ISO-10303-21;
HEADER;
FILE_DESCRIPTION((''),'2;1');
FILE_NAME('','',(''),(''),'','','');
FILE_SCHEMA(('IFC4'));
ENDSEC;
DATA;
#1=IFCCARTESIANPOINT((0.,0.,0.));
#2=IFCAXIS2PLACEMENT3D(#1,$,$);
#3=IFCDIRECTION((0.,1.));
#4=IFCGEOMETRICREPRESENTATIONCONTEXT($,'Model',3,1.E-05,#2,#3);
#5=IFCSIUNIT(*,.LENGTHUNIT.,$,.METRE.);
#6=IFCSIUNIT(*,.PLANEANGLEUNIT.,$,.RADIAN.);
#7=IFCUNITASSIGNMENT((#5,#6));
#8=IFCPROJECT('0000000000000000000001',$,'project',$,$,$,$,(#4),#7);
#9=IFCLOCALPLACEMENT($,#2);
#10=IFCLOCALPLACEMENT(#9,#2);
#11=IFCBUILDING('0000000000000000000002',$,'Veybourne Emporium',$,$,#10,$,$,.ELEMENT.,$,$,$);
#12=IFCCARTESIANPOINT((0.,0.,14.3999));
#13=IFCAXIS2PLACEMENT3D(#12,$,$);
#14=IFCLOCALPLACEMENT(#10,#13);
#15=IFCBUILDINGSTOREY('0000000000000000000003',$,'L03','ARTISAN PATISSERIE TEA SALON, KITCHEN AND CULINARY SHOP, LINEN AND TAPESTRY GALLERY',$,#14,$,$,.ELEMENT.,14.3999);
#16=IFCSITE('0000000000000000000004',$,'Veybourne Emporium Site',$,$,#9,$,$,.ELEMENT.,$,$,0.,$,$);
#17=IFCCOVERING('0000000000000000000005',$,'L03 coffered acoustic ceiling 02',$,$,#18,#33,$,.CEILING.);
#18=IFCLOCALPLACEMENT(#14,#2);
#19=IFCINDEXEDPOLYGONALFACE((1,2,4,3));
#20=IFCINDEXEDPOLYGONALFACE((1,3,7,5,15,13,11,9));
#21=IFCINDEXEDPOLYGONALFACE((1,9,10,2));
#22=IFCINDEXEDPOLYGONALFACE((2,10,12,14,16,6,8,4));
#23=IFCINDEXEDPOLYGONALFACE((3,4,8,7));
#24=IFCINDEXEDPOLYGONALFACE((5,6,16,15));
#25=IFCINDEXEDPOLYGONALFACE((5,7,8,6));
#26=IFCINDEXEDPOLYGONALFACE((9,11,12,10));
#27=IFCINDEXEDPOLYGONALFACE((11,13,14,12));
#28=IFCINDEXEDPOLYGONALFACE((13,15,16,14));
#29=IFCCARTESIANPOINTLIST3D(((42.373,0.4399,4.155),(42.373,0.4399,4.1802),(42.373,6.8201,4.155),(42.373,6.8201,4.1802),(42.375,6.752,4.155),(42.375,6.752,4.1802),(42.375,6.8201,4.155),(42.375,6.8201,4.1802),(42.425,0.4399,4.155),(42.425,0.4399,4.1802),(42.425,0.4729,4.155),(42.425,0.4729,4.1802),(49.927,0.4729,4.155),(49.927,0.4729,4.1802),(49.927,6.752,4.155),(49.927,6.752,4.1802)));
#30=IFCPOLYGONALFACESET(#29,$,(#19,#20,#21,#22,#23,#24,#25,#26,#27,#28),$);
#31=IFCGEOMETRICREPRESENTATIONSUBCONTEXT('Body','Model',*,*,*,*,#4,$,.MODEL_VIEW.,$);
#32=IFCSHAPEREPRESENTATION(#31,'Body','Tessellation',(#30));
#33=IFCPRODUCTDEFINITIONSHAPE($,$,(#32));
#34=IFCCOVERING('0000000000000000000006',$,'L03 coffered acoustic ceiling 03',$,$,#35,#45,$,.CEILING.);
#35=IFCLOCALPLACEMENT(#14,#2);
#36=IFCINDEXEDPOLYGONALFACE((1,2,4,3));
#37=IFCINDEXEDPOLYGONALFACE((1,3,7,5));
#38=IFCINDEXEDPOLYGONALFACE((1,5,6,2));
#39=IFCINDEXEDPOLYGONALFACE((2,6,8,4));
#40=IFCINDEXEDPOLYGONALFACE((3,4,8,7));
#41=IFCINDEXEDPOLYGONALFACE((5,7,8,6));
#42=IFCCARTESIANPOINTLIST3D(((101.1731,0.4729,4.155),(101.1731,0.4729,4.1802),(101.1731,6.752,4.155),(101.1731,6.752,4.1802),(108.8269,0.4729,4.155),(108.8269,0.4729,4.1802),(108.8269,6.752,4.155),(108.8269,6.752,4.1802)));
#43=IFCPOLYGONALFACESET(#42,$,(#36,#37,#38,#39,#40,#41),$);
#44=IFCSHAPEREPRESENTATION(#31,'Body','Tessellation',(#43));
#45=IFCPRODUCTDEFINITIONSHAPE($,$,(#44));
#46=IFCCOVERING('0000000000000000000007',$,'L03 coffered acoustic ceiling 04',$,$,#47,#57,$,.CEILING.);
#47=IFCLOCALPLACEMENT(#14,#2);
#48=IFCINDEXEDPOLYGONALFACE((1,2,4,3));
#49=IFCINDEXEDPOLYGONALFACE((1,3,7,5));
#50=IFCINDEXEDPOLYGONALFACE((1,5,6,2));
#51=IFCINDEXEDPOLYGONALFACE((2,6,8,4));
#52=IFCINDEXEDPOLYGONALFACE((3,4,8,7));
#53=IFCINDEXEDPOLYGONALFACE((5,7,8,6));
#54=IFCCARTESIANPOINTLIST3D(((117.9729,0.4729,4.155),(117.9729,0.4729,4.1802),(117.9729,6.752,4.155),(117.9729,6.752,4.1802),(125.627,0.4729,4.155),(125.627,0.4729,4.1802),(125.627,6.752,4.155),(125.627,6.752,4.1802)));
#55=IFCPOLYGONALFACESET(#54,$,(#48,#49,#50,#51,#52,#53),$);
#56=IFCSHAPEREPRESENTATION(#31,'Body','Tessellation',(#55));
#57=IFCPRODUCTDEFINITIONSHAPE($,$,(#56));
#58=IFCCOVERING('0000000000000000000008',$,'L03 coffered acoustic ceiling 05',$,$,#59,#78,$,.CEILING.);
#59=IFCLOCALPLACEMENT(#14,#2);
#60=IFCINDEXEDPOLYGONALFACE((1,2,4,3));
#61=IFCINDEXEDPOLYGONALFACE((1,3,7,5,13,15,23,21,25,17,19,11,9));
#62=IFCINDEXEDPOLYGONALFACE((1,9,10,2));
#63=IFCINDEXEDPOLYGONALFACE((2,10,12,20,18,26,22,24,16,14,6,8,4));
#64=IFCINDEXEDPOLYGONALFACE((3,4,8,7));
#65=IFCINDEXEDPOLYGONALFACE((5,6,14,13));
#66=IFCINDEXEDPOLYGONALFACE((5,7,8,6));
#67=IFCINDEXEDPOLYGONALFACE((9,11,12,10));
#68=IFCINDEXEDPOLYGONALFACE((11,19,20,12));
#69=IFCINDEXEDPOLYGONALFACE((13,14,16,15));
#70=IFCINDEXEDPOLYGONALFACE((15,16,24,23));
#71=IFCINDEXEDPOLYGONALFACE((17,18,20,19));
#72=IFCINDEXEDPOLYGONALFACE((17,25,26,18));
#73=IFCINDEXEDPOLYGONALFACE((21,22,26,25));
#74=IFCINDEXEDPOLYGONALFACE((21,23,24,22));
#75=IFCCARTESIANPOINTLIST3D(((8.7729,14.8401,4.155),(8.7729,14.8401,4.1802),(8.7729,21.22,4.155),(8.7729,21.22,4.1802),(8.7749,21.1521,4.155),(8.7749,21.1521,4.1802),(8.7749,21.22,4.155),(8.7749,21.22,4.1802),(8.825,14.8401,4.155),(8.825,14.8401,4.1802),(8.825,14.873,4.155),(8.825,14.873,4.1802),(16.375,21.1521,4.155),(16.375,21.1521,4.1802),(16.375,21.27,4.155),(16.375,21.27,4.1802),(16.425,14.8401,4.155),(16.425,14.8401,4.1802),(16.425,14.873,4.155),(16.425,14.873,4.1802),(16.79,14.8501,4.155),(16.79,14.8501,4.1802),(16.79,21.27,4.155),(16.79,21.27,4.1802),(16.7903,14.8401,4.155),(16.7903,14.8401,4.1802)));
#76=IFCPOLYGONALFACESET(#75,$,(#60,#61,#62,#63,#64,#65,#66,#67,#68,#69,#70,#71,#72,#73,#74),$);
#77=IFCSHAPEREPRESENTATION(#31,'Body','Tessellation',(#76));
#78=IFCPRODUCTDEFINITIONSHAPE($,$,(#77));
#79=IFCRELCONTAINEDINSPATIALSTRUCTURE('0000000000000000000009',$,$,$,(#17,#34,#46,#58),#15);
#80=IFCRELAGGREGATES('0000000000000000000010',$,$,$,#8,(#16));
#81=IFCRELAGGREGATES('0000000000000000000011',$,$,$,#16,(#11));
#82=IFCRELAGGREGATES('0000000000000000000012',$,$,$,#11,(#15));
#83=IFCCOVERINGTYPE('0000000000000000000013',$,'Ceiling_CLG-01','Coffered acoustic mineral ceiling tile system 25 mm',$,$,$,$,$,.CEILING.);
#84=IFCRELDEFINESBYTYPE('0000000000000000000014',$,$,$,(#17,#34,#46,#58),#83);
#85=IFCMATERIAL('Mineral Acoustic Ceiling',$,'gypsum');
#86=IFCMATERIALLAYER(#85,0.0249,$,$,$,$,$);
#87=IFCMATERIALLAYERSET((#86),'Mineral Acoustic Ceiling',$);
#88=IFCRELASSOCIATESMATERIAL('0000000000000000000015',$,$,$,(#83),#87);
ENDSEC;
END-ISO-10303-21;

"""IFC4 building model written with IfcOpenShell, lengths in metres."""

from ifc_helpers import new_model, si_unit, direction, frame, origin, place, context, subcontext, project, spatial, polyline, outline, extrude, material, layer, layer_set, type_object, element, save


model = new_model("IFC4")

# Units and contexts
model_context = context("Model", 3, precision=1e-05, world=origin(), true_north=direction((0.0, 1.0)))
body_context = subcontext(model_context, "Body", "Model", "MODEL_VIEW")
ifc_project = project(units=[si_unit("LENGTHUNIT", "METRE"), si_unit("PLANEANGLEUNIT", "RADIAN")], contexts=[model_context])

# Site, building, storey
site_placement = place(None, origin())
site = spatial("IfcSite", under=ifc_project, at=site_placement, Name="Veybourne Emporium Site", CompositionType="ELEMENT", RefElevation=0.0)
building_placement = place(site_placement, origin())
building = spatial("IfcBuilding", under=site, at=building_placement, Name="Veybourne Emporium", CompositionType="ELEMENT")
storey_placement = place(building_placement, frame((0.0, 0.0, 14.3999)))
storey = spatial("IfcBuildingStorey", under=building, at=storey_placement, Name="L03", Description="ARTISAN PATISSERIE TEA SALON, KITCHEN AND CULINARY SHOP, LINEN AND TAPESTRY GALLERY", CompositionType="ELEMENT", Elevation=14.3999)

# Coverings
ifc_material_1 = material(Name="Mineral Acoustic Ceiling", Category="gypsum")
ifc_layer_1 = layer(ifc_material_1, 0.0249)
ifc_layer_set_1 = layer_set([ifc_layer_1], Name="Mineral Acoustic Ceiling")
covering_type_1 = type_object("IfcCoveringType", Name="Ceiling_CLG-01", Description="Coffered acoustic mineral ceiling tile system 25 mm", PredefinedType="CEILING", material=ifc_layer_set_1)
covering_1_placement = place(storey_placement, frame((0.0, 0.0, 4.155)))
element("IfcCovering", 1, at=covering_1_placement, inside=storey, type_object=covering_type_1, Name="L03 coffered acoustic ceiling 02", PredefinedType="CEILING", context=body_context, shape_type="SweptSolid", body=[
    extrude(outline(polyline([(42.373, 0.4399), (42.373, 6.8201), (42.375, 6.8201), (42.375, 6.752), (49.927, 6.752), (49.927, 0.4729), (42.425, 0.4729), (42.425, 0.4399), (42.373, 0.4399)])), origin(), (0.0, 0.0, 1.0), 0.0251),
])
covering_2_placement = place(storey_placement, frame((0.0, 0.0, 4.155)))
element("IfcCovering", 2, at=covering_2_placement, inside=storey, type_object=covering_type_1, Name="L03 coffered acoustic ceiling 03", PredefinedType="CEILING", context=body_context, shape_type="SweptSolid", body=[
    extrude(outline(polyline([(108.8269, 6.752), (108.8269, 0.4729), (101.1731, 0.4729), (101.1731, 6.752), (108.8269, 6.752)])), origin(), (0.0, 0.0, 1.0), 0.0251),
])
covering_3_placement = place(storey_placement, frame((0.0, 0.0, 4.155)))
element("IfcCovering", 3, at=covering_3_placement, inside=storey, type_object=covering_type_1, Name="L03 coffered acoustic ceiling 04", PredefinedType="CEILING", context=body_context, shape_type="SweptSolid", body=[
    extrude(outline(polyline([(125.627, 0.4729), (117.9729, 0.4729), (117.9729, 6.752), (125.627, 6.752), (125.627, 0.4729)])), origin(), (0.0, 0.0, 1.0), 0.0251),
])
covering_4_placement = place(storey_placement, frame((0.0, 0.0, 4.155)))
element("IfcCovering", 4, at=covering_4_placement, inside=storey, type_object=covering_type_1, Name="L03 coffered acoustic ceiling 05", PredefinedType="CEILING", context=body_context, shape_type="SweptSolid", body=[
    extrude(outline(polyline([(16.79, 21.27), (16.79, 14.8501), (16.7903, 14.8401), (16.7903, 14.8401), (16.425, 14.8401), (16.425, 14.873), (8.825, 14.873), (8.825, 14.8401), (8.7729, 14.8401), (8.7729, 21.22), (8.7749, 21.22), (8.7749, 21.1521), (16.375, 21.1521), (16.375, 21.27), (16.79, 21.27)])), origin(), (0.0, 0.0, 1.0), 0.0251),
])

save(model, "model.ifc")
